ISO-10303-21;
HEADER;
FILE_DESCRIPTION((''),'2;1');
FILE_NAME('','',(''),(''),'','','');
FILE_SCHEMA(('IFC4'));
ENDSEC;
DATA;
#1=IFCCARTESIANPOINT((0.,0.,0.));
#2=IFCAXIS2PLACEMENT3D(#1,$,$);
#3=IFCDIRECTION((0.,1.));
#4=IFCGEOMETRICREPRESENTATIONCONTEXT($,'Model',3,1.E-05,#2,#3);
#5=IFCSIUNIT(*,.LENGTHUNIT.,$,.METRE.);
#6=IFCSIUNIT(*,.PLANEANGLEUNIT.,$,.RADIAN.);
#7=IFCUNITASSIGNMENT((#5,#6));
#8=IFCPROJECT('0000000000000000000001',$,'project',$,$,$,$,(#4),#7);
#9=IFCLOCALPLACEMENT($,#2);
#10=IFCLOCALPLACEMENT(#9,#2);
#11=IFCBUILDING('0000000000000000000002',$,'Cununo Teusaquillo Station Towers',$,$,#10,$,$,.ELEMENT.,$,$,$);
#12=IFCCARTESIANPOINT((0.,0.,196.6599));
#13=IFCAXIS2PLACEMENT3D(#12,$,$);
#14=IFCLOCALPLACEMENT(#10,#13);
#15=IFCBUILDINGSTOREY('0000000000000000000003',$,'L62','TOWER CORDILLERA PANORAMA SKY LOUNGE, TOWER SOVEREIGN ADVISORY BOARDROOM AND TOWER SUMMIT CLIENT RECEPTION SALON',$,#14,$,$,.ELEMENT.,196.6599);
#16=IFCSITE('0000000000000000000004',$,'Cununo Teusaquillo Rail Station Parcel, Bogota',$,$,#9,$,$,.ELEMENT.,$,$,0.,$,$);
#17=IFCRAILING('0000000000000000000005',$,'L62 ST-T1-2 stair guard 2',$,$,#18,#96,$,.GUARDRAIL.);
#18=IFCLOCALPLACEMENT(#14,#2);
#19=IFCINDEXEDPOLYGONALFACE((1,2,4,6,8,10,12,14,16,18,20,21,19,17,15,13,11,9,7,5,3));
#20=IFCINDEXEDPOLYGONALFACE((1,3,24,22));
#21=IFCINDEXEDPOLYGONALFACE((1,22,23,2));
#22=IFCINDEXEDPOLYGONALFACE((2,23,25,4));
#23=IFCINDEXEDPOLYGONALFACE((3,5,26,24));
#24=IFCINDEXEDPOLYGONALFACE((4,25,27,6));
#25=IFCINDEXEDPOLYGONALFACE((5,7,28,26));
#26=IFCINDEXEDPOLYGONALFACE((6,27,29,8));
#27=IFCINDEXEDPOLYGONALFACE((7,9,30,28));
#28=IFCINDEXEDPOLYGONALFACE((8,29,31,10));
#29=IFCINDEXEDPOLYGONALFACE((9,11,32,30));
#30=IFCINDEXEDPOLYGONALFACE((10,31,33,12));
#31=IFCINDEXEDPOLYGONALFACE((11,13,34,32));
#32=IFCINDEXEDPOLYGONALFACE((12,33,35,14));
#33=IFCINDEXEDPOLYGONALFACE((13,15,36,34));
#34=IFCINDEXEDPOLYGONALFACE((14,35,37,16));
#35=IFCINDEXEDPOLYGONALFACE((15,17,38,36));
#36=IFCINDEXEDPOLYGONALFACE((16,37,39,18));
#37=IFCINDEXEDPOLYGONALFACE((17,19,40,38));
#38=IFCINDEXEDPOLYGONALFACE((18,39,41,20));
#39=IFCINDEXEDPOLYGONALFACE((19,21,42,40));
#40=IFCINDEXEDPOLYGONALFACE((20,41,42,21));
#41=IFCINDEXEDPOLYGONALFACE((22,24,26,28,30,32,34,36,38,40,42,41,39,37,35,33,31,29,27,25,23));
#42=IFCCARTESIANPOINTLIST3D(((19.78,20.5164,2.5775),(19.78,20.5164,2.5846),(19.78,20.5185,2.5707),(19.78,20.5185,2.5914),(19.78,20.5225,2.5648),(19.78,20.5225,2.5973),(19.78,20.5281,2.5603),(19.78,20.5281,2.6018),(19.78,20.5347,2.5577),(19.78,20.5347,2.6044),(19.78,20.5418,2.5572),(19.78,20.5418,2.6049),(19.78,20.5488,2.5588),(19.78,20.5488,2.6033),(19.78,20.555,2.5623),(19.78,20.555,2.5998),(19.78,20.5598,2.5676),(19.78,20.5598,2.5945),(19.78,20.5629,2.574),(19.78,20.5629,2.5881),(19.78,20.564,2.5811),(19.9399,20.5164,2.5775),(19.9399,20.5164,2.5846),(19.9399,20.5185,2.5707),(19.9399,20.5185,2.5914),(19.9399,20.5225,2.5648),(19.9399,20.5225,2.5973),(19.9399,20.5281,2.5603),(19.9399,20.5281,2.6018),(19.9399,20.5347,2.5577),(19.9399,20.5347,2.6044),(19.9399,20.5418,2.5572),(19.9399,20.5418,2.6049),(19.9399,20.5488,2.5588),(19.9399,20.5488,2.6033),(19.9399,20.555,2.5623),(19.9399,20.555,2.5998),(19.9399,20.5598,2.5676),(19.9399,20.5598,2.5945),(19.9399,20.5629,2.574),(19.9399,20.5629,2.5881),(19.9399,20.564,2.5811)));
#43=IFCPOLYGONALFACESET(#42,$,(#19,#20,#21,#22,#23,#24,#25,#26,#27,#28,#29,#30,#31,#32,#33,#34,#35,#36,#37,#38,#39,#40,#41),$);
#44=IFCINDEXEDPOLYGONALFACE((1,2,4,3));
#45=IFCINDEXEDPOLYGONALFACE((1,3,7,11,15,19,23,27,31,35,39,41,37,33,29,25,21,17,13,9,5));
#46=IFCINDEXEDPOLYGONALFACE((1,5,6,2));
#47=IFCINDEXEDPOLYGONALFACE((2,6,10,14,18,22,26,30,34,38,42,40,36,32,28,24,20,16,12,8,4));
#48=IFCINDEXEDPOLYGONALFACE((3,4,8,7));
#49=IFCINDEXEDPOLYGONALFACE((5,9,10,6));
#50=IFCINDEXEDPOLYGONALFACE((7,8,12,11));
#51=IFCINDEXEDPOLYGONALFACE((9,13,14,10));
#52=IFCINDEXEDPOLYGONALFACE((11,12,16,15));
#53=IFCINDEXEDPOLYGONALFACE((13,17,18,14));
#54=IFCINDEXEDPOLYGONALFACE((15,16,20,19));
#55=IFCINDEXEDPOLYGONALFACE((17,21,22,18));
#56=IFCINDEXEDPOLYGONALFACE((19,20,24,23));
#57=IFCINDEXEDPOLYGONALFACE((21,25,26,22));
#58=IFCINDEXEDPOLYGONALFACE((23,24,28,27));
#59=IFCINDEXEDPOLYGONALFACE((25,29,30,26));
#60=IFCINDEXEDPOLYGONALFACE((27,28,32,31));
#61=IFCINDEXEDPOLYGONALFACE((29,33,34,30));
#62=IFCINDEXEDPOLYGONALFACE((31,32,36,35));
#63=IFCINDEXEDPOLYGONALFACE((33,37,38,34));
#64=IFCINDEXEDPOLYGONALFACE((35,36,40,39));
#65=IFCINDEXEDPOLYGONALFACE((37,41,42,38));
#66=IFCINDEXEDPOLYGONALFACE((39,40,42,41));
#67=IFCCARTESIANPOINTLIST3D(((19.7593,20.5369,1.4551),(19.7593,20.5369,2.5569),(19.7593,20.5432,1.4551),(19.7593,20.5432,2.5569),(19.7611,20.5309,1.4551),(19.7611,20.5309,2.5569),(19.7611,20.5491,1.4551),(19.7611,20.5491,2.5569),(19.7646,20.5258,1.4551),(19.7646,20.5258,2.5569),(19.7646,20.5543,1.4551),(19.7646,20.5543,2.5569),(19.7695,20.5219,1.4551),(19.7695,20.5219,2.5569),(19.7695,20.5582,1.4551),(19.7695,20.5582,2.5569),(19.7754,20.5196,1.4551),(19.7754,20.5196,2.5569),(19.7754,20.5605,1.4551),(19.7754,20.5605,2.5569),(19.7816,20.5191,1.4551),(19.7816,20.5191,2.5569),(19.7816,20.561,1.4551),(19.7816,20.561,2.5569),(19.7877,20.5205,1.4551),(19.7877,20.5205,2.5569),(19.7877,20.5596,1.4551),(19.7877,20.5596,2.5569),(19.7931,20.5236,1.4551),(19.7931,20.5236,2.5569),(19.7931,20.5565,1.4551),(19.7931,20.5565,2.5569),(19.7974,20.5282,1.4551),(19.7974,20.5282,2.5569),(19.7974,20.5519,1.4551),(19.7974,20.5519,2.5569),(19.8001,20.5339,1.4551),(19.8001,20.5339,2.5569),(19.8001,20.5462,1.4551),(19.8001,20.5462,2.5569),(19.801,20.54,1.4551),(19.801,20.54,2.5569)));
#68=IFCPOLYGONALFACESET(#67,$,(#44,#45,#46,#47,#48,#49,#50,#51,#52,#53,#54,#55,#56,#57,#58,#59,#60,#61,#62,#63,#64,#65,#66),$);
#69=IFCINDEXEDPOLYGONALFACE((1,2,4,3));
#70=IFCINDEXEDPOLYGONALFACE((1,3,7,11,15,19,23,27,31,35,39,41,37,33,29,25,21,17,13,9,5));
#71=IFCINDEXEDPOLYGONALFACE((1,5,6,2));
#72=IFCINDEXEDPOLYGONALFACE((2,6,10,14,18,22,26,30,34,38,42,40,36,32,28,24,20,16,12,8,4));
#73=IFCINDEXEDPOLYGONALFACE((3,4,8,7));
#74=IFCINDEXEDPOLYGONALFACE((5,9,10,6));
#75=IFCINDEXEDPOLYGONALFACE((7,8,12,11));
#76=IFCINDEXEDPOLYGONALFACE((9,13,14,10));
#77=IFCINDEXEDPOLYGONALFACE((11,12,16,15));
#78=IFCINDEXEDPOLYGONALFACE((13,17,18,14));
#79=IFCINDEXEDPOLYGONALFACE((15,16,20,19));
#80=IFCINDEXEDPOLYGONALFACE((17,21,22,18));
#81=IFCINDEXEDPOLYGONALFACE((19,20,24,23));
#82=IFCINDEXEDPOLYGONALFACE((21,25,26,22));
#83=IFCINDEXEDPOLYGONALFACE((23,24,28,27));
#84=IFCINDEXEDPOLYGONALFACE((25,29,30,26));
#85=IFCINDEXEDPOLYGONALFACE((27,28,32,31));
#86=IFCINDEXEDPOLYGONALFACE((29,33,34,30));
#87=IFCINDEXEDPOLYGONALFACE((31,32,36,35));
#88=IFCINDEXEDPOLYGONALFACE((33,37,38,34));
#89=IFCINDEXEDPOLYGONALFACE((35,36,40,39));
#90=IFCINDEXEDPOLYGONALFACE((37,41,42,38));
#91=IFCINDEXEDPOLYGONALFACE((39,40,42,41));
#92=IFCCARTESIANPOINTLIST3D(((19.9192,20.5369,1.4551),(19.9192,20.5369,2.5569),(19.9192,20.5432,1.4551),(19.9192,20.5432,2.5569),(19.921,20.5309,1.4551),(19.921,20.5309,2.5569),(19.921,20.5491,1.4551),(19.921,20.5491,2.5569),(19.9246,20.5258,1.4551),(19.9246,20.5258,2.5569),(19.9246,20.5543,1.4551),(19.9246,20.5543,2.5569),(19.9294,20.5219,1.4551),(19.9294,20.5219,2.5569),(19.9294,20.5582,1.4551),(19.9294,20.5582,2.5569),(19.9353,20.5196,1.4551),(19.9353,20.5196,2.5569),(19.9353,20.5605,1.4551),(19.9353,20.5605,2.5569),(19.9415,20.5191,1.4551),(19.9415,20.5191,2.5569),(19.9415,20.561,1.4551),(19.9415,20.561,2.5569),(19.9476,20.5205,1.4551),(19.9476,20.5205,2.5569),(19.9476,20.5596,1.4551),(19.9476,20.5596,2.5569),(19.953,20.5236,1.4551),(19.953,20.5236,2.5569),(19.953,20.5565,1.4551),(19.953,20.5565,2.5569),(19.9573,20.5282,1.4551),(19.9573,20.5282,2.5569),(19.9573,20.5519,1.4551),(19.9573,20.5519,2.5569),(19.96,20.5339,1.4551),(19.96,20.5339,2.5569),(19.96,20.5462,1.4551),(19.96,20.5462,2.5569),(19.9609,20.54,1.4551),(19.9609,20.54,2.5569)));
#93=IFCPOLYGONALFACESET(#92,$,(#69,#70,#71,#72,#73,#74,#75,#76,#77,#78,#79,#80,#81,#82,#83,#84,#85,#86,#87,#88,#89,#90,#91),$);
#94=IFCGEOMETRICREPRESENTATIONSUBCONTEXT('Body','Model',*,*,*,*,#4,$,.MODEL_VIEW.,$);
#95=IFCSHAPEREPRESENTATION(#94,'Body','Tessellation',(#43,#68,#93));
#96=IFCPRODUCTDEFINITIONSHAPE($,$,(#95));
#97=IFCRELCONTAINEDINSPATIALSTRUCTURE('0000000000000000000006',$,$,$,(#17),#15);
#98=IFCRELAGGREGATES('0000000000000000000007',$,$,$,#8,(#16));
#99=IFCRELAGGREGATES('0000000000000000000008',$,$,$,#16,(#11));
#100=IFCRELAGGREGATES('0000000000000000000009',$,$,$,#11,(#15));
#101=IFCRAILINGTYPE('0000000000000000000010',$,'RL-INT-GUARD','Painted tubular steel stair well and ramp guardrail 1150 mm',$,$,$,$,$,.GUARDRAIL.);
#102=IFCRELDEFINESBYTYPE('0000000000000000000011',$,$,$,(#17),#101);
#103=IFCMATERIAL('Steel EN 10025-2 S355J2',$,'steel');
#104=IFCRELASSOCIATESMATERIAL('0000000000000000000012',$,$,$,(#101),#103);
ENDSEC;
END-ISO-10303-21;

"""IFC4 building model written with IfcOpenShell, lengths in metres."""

from ifc_helpers import new_model, si_unit, direction, frame, origin, origin_2d, place, context, subcontext, project, spatial, circle, extrude, material, type_object, element, save


model = new_model("IFC4")

# Units and contexts
model_context = context("Model", 3, precision=1e-05, world=origin(), true_north=direction((0.0, 1.0)))
body_context = subcontext(model_context, "Body", "Model", "MODEL_VIEW")
ifc_project = project(units=[si_unit("LENGTHUNIT", "METRE"), si_unit("PLANEANGLEUNIT", "RADIAN")], contexts=[model_context])

# Site, building, storey
site_placement = place(None, origin())
site = spatial("IfcSite", under=ifc_project, at=site_placement, Name="Cununo Teusaquillo Rail Station Parcel, Bogota", CompositionType="ELEMENT", RefElevation=0.0)
building_placement = place(site_placement, origin())
building = spatial("IfcBuilding", under=site, at=building_placement, Name="Cununo Teusaquillo Station Towers", CompositionType="ELEMENT")
storey_placement = place(building_placement, frame((0.0, 0.0, 196.6599)))
storey = spatial("IfcBuildingStorey", under=building, at=storey_placement, Name="L62", Description="TOWER CORDILLERA PANORAMA SKY LOUNGE, TOWER SOVEREIGN ADVISORY BOARDROOM AND TOWER SUMMIT CLIENT RECEPTION SALON", CompositionType="ELEMENT", Elevation=196.6599)

# Railing
ifc_material_1 = material(Name="Steel EN 10025-2 S355J2", Category="steel")
railing_type_1 = type_object("IfcRailingType", Name="RL-INT-GUARD", Description="Painted tubular steel stair well and ramp guardrail 1150 mm", PredefinedType="GUARDRAIL", material=ifc_material_1)
railing_1_placement = place(storey_placement, frame((19.78, 20.54, 1.4551)))
element("IfcRailing", 1, at=railing_1_placement, inside=storey, type_object=railing_type_1, Name="L62 ST-T1-2 stair guard 2", PredefinedType="GUARDRAIL", context=body_context, shape_type="SweptSolid", body=[
    extrude(circle(Radius=0.0239, at=origin_2d()), frame((0.0, 0.0, 1.126), z_axis=(1.0, 0.0, 0.0), x_axis=(0.0, 1.0, 0.0)), (0.0, 0.0, 1.0), 0.1599),
    extrude(circle(Radius=0.021, at=origin_2d()), origin(), (0.0, 0.0, 1.0), 1.1018),
    extrude(circle(Radius=0.021, at=origin_2d()), frame((0.1599, 0.0, 0.0)), (0.0, 0.0, 1.0), 1.1018),
])

save(model, "model.ifc")
